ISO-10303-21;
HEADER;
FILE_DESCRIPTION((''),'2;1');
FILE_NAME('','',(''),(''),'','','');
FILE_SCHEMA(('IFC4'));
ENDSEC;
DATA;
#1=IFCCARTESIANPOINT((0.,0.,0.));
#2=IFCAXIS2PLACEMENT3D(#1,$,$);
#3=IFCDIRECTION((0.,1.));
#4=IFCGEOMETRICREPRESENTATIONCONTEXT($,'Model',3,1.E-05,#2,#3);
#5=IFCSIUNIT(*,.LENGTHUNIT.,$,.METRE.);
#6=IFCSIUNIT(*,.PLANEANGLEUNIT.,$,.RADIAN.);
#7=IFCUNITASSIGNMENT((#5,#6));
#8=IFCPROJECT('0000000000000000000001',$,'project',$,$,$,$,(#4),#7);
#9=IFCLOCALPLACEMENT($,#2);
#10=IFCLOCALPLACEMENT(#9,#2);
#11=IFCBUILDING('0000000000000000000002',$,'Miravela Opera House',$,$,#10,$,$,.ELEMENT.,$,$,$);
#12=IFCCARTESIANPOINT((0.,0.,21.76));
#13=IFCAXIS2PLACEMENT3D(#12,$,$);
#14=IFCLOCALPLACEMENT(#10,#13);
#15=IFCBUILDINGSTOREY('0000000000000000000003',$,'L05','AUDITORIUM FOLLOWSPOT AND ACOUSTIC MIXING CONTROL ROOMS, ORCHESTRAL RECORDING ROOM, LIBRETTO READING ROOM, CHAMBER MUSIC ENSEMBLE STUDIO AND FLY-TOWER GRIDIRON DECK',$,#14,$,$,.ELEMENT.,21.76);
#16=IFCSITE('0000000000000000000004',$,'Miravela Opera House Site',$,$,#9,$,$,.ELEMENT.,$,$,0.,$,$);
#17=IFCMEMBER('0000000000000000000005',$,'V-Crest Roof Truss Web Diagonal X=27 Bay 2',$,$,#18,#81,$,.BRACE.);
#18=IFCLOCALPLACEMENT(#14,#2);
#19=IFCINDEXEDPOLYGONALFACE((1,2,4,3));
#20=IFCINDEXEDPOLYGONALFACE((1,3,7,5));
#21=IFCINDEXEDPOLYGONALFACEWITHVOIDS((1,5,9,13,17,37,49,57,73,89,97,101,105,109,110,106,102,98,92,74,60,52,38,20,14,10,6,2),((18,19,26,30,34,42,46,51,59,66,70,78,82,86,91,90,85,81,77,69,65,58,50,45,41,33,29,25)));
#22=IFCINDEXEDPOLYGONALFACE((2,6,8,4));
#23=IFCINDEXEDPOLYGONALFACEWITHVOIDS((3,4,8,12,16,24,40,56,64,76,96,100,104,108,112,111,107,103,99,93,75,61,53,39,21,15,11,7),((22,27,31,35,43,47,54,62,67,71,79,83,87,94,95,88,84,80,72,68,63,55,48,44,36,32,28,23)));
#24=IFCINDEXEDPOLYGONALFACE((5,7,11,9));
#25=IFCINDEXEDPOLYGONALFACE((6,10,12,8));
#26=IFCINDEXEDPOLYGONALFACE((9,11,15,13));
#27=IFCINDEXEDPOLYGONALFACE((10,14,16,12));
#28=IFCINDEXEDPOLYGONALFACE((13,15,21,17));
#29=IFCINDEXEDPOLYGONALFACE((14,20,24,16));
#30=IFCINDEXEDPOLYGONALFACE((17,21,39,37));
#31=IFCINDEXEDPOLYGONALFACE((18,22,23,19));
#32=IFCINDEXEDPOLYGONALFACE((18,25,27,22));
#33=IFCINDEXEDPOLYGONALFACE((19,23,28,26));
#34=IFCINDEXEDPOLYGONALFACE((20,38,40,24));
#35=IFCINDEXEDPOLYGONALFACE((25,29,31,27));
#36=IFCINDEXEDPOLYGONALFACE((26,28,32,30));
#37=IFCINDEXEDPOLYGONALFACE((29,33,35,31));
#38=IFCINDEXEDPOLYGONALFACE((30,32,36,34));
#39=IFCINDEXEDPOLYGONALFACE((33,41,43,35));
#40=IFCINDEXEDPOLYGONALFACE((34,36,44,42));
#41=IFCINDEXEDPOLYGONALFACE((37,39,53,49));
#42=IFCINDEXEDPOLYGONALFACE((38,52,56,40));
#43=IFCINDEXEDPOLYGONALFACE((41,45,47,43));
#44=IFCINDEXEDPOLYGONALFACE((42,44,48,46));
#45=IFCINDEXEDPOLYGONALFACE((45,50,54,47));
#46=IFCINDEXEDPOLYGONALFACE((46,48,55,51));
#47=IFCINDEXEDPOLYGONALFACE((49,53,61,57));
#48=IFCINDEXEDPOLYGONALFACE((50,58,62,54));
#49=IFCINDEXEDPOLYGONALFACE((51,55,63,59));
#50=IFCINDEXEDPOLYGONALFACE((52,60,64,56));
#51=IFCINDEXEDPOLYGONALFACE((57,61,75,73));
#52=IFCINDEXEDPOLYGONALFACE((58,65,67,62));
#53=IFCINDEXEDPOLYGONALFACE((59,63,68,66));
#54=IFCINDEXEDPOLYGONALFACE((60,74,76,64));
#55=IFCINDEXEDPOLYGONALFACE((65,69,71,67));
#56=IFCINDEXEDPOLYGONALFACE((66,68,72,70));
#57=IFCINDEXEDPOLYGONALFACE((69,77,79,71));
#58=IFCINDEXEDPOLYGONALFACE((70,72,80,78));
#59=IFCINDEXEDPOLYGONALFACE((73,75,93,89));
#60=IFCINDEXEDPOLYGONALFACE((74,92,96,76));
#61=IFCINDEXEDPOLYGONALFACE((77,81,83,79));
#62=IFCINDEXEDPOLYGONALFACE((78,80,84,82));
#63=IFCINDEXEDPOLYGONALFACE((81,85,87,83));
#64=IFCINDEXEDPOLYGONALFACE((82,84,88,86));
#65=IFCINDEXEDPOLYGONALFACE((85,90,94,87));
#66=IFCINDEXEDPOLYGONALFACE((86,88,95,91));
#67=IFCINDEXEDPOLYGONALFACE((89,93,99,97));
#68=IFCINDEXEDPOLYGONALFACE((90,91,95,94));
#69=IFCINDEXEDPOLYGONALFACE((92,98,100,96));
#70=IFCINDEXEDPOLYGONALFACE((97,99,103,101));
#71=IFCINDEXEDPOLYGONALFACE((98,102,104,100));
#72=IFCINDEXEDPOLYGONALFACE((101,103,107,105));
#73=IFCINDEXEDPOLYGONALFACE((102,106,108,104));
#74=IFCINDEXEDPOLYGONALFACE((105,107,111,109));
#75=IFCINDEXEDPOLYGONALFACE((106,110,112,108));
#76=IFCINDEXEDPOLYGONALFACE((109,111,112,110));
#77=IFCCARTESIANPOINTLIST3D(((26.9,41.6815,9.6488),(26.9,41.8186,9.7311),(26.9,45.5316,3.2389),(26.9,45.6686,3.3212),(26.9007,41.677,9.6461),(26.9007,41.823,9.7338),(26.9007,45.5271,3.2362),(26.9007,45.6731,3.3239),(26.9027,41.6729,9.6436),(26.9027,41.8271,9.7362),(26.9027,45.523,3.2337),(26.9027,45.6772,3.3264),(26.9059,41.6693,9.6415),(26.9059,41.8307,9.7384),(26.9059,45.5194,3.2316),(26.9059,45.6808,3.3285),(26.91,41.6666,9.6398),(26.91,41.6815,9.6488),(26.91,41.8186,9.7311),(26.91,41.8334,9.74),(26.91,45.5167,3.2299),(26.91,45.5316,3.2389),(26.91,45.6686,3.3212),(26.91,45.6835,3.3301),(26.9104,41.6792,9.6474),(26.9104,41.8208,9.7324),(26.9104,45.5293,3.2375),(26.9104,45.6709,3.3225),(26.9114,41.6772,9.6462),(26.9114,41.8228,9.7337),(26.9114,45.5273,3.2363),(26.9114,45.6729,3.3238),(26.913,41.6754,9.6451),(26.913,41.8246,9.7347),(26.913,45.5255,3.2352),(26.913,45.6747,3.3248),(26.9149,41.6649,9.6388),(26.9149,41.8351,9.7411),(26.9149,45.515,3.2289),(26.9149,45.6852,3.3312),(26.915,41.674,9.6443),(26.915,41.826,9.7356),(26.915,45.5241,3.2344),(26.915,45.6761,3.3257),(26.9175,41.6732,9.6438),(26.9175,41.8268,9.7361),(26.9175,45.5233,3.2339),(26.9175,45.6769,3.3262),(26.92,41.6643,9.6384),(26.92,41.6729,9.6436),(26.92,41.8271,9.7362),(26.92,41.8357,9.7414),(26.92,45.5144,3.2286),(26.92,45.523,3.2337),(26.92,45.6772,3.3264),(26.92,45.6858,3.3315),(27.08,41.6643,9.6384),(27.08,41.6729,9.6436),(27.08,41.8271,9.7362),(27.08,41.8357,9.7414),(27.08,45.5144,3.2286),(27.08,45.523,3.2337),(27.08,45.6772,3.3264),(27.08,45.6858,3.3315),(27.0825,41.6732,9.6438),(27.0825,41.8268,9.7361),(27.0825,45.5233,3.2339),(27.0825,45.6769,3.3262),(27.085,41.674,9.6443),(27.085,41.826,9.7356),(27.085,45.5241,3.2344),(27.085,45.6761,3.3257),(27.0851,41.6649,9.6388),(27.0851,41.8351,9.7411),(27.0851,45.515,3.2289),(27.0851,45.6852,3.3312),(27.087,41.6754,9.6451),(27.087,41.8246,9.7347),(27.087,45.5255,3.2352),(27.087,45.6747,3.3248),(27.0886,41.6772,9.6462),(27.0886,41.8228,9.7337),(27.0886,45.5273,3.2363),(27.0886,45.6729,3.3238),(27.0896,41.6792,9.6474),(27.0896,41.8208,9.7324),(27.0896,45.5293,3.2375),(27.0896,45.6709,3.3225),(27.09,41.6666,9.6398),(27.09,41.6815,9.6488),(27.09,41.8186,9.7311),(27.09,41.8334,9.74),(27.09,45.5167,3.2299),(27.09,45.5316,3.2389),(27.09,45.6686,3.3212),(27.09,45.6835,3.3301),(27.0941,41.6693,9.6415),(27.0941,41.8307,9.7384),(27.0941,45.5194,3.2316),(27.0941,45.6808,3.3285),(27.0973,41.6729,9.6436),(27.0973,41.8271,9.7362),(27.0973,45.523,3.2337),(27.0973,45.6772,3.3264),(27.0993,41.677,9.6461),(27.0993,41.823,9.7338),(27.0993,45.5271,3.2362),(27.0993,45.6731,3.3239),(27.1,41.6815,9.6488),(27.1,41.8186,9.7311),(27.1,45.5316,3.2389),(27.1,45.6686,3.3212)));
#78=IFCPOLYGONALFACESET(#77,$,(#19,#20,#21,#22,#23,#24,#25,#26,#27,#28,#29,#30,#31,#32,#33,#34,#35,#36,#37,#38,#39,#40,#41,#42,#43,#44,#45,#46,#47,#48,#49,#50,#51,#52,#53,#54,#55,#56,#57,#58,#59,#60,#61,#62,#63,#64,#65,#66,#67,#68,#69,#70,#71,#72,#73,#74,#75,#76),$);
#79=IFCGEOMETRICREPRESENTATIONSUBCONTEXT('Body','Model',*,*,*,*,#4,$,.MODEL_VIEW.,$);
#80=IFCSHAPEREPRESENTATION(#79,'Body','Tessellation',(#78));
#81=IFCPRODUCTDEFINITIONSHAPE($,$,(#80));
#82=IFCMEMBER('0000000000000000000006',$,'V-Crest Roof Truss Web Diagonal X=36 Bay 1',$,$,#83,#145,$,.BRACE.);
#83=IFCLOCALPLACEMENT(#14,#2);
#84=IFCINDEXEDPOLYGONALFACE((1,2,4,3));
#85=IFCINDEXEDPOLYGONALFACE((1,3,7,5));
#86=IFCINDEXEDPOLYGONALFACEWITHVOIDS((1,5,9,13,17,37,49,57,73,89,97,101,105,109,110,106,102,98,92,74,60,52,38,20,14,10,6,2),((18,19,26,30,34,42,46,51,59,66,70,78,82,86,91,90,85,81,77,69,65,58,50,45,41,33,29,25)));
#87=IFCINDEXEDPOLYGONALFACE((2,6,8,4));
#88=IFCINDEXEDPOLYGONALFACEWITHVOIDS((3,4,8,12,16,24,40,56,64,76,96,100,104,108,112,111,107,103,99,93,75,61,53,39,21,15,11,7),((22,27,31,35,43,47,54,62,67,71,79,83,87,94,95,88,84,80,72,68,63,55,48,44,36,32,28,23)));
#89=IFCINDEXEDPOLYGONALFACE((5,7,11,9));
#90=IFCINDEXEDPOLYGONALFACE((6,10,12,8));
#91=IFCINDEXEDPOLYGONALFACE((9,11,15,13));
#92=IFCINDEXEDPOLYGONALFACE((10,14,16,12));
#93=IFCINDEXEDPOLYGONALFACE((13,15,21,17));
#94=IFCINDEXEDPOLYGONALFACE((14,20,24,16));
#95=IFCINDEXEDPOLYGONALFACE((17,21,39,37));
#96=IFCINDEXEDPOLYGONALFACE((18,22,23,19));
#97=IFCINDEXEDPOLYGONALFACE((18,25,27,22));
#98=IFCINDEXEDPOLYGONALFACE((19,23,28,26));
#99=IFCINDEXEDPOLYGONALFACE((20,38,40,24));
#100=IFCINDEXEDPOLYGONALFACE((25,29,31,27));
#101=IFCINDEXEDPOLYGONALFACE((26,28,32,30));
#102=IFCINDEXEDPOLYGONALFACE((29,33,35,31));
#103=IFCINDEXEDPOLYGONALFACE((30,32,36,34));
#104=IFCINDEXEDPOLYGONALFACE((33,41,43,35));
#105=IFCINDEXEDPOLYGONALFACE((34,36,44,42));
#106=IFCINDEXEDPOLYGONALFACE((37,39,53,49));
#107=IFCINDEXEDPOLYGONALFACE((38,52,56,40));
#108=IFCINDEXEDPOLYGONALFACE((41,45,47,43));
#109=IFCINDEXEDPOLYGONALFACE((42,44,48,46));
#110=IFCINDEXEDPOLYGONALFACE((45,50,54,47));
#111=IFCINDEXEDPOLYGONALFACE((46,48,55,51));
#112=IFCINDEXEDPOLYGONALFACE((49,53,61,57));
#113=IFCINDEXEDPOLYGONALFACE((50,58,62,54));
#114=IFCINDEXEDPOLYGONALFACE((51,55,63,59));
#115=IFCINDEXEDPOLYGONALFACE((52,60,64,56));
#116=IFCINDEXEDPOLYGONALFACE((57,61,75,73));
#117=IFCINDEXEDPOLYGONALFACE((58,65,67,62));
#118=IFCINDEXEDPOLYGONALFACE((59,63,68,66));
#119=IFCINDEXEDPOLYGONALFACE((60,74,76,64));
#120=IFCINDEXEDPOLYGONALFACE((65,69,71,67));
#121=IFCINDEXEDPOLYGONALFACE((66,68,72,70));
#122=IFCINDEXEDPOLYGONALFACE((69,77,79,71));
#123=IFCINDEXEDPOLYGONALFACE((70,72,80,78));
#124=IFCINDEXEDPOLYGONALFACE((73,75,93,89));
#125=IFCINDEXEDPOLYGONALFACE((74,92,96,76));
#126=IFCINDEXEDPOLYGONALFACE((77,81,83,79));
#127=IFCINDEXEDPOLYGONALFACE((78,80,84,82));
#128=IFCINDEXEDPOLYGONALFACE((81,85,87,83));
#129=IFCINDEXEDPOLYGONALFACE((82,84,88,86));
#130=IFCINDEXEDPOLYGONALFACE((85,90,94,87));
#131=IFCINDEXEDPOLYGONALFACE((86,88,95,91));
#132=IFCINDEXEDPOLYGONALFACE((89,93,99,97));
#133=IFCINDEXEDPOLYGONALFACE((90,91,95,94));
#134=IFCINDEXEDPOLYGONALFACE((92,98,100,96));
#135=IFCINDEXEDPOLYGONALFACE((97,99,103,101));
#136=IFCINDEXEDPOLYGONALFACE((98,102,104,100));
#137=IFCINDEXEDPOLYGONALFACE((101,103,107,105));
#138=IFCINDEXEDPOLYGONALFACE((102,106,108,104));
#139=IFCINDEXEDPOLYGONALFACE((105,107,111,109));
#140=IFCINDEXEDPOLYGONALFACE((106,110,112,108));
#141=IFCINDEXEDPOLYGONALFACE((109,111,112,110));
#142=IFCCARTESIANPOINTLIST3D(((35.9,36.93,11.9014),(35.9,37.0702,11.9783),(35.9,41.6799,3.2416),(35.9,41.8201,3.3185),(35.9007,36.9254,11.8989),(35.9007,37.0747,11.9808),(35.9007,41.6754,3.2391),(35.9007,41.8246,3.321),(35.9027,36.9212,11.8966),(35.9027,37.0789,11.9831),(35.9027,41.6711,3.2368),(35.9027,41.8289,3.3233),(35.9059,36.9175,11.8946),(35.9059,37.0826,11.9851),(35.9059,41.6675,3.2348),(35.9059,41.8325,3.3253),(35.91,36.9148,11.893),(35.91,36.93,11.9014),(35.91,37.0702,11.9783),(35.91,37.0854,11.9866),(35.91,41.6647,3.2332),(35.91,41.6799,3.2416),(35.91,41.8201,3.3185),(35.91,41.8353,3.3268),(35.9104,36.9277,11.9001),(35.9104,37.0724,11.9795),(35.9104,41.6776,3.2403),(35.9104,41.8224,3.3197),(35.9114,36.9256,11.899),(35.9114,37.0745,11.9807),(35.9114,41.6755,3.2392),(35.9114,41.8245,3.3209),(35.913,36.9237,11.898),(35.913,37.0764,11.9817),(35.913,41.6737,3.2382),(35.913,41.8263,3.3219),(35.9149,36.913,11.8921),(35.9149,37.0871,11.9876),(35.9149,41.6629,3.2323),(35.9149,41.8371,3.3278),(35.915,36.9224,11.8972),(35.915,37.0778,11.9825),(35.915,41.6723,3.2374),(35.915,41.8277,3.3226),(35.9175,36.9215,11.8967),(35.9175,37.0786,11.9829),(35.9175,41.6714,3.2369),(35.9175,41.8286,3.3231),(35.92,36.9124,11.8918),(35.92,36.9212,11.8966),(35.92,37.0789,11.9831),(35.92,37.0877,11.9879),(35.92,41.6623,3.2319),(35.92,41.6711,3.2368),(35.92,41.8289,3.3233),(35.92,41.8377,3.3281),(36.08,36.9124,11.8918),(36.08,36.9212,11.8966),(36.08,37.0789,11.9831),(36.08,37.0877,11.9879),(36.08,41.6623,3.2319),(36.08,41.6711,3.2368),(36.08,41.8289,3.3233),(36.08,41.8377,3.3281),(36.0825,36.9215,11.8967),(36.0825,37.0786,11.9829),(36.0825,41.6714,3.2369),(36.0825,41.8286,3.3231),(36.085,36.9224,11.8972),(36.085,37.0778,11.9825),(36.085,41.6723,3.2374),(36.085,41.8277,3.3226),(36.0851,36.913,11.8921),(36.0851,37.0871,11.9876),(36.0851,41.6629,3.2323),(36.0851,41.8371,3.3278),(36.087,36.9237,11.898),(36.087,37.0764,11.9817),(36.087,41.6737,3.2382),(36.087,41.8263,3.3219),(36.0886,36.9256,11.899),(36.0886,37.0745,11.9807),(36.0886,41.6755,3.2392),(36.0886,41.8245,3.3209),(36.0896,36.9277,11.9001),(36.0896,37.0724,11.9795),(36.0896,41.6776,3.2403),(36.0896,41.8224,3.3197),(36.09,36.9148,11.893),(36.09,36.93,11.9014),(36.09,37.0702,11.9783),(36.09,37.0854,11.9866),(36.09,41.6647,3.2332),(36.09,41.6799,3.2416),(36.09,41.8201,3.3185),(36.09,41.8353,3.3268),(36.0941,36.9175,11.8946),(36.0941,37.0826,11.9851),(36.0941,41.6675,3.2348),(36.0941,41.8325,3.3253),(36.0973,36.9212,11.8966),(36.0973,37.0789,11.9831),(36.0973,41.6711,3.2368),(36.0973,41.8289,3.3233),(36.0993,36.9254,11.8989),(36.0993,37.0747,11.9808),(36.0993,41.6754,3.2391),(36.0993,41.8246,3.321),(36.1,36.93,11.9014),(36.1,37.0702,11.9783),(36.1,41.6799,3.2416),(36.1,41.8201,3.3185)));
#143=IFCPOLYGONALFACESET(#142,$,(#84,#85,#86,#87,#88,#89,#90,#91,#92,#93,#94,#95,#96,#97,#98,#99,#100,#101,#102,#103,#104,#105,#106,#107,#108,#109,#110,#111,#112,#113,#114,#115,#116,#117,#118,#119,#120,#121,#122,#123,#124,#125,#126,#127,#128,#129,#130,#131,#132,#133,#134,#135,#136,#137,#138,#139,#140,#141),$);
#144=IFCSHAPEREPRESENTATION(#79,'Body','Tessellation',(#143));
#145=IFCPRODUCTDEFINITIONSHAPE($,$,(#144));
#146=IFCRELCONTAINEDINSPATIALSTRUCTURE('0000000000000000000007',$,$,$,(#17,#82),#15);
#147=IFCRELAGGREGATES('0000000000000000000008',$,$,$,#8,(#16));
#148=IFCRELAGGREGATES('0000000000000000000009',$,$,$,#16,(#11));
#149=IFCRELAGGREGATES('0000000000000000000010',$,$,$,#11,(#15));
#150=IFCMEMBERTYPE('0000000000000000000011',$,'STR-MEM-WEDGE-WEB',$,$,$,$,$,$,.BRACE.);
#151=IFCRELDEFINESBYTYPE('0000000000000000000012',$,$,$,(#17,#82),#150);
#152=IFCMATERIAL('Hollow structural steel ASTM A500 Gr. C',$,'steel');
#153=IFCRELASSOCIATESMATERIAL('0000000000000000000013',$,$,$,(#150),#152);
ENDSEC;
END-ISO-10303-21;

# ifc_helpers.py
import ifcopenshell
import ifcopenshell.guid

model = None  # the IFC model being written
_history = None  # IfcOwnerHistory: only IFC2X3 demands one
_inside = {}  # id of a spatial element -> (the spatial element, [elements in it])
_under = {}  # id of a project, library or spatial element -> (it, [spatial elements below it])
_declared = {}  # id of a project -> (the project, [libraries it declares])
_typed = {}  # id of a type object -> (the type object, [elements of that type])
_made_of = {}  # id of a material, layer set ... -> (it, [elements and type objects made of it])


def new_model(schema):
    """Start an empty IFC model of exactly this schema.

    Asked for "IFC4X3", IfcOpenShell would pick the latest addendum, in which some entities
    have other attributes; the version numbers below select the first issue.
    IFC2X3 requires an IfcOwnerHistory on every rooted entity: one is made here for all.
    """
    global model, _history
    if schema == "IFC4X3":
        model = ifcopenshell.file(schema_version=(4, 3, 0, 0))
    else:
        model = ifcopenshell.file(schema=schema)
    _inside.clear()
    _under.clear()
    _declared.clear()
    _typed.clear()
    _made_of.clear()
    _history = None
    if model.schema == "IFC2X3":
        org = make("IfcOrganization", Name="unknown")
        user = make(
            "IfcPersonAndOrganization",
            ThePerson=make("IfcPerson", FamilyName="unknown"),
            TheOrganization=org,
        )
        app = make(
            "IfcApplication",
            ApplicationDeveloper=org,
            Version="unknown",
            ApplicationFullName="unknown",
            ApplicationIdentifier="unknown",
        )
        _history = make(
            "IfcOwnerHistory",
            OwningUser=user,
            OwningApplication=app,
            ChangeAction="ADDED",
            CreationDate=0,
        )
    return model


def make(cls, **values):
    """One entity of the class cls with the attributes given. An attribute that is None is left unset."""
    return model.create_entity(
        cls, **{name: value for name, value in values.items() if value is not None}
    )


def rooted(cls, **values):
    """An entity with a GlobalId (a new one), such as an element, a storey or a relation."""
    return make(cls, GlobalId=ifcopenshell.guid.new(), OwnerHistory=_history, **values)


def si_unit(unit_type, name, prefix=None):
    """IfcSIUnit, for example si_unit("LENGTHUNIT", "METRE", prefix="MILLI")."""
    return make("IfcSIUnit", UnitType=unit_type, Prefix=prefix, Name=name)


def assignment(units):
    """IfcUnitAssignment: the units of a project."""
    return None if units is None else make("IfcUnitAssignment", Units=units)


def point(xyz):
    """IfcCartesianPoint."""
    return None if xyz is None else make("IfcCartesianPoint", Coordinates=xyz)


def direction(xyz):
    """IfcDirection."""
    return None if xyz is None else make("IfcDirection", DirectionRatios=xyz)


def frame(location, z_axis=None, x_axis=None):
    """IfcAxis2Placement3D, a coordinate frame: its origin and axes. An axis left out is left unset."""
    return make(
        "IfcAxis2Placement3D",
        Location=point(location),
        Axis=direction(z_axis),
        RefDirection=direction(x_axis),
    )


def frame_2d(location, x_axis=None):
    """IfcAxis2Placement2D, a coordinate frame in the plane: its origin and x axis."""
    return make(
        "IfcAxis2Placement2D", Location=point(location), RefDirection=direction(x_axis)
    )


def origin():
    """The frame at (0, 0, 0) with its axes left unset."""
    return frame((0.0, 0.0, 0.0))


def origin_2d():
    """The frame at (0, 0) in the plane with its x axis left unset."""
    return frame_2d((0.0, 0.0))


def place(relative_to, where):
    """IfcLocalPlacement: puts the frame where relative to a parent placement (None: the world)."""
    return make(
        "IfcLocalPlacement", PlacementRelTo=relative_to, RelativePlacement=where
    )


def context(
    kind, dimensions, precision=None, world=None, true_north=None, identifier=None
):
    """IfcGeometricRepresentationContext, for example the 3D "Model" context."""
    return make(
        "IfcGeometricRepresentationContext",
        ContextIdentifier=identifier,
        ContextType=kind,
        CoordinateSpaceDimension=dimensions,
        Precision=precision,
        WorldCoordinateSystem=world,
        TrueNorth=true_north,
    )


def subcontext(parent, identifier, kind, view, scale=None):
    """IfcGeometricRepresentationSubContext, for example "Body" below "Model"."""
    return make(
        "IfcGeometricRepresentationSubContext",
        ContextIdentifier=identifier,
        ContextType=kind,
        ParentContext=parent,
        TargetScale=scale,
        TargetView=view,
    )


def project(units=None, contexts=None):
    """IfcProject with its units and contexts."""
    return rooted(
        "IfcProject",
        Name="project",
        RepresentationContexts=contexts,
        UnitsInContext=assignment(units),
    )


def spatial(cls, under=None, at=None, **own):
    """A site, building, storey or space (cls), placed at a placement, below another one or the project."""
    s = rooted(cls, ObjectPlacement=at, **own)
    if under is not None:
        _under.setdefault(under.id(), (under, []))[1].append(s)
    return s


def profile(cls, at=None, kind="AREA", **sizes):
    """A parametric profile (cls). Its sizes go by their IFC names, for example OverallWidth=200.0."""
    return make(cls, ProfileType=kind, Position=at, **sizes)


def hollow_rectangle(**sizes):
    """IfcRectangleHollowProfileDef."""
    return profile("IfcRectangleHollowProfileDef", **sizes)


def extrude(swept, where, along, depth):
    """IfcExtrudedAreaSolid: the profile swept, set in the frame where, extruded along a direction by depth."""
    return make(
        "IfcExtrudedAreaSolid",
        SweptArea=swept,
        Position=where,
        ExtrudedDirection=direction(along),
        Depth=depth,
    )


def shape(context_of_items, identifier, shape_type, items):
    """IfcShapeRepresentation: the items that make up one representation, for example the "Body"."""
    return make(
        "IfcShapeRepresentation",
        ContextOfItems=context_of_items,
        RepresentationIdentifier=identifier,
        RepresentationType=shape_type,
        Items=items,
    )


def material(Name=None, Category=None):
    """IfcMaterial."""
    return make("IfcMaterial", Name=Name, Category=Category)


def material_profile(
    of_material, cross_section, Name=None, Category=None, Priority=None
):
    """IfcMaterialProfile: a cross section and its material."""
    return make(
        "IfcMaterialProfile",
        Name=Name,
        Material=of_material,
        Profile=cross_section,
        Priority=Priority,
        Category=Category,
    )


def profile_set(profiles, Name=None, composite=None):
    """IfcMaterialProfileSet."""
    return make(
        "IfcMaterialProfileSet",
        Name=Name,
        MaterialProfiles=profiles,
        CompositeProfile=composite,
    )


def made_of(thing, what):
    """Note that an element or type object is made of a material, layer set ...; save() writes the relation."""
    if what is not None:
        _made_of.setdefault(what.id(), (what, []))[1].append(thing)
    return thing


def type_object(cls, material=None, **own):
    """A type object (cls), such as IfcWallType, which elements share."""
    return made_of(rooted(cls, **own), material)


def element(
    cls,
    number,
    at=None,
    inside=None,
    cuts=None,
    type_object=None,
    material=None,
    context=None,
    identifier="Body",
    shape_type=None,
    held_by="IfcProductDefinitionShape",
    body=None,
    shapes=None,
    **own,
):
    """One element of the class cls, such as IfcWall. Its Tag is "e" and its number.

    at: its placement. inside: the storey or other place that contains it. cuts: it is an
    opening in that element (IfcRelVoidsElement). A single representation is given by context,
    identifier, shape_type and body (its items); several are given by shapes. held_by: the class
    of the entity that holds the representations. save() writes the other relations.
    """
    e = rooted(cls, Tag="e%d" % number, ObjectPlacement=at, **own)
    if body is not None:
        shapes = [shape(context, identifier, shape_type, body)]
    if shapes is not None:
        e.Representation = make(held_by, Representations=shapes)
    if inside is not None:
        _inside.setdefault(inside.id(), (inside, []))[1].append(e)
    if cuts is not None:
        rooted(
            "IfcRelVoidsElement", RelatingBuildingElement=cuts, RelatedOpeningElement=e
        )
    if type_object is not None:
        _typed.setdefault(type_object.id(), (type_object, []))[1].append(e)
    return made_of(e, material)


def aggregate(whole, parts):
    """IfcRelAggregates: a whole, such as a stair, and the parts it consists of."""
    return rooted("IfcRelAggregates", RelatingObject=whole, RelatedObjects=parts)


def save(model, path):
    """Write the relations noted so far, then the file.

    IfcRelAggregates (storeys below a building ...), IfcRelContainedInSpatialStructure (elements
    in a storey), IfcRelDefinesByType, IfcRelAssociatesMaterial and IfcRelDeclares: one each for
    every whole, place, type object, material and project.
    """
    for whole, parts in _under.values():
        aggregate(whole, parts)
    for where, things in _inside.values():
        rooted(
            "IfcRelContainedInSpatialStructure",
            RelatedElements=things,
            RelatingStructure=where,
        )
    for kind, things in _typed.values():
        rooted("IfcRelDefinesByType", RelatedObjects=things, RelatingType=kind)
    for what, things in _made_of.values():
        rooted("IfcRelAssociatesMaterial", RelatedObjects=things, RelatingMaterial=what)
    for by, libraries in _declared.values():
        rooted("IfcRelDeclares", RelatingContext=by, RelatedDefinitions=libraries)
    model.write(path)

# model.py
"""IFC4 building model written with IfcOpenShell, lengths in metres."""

from ifc_helpers import new_model, si_unit, direction, frame, origin, origin_2d, place, context, subcontext, project, spatial, hollow_rectangle, extrude, material, material_profile, profile_set, type_object, element, save


model = new_model("IFC4")

# Units and contexts
model_context = context("Model", 3, precision=1e-05, world=origin(), true_north=direction((0.0, 1.0)))
body_context = subcontext(model_context, "Body", "Model", "MODEL_VIEW")
ifc_project = project(units=[si_unit("LENGTHUNIT", "METRE"), si_unit("PLANEANGLEUNIT", "RADIAN")], contexts=[model_context])

# Site, building, storey
site_placement = place(None, origin())
site = spatial("IfcSite", under=ifc_project, at=site_placement, Name="Miravela Opera House Site", CompositionType="ELEMENT", RefElevation=0.0)
building_placement = place(site_placement, origin())
building = spatial("IfcBuilding", under=site, at=building_placement, Name="Miravela Opera House", CompositionType="ELEMENT")
storey_placement = place(building_placement, frame((0.0, 0.0, 21.76)))
storey = spatial("IfcBuildingStorey", under=building, at=storey_placement, Name="L05", Description="AUDITORIUM FOLLOWSPOT AND ACOUSTIC MIXING CONTROL ROOMS, ORCHESTRAL RECORDING ROOM, LIBRETTO READING ROOM, CHAMBER MUSIC ENSEMBLE STUDIO AND FLY-TOWER GRIDIRON DECK", CompositionType="ELEMENT", Elevation=21.76)

# Members
ifc_material_1 = material(Name="Hollow structural steel ASTM A500 Gr. C", Category="steel")
ifc_material_profile_1 = material_profile(ifc_material_1, hollow_rectangle(XDim=0.2, YDim=0.2, WallThickness=0.01, InnerFilletRadius=0.01, OuterFilletRadius=0.02, at=origin_2d()), Name="HSS200X200X10")
ifc_profile_set_1 = profile_set([ifc_material_profile_1])
member_type_1 = type_object("IfcMemberType", Name="STR-MEM-WEDGE-WEB", PredefinedType="BRACE", material=ifc_profile_set_1)
member_1_placement = place(storey_placement, frame((27.0, 45.6001, 3.28), z_axis=(0.0, -0.514904, 0.857248), x_axis=(1.0, 0.0, 0.0)))
element("IfcMember", 1, at=member_1_placement, inside=storey, type_object=member_type_1, Name="V-Crest Roof Truss Web Diagonal X=27 Bay 2", PredefinedType="BRACE", context=body_context, shape_type="SweptSolid", body=[
    extrude(hollow_rectangle(XDim=0.2, YDim=0.2, WallThickness=0.01, InnerFilletRadius=0.01, OuterFilletRadius=0.02, at=origin_2d()), origin(), (0.0, 0.0, 1.0), 7.4773),
])
member_2_placement = place(storey_placement, frame((36.0, 41.75, 3.28), z_axis=(0.0, -0.480912, 0.876769), x_axis=(1.0, 0.0, 0.0)))
element("IfcMember", 2, at=member_2_placement, inside=storey, type_object=member_type_1, Name="V-Crest Roof Truss Web Diagonal X=36 Bay 1", PredefinedType="BRACE", context=body_context, shape_type="SweptSolid", body=[
    extrude(hollow_rectangle(XDim=0.2, YDim=0.2, WallThickness=0.01, InnerFilletRadius=0.01, OuterFilletRadius=0.02, at=origin_2d()), origin(), (0.0, 0.0, 1.0), 9.877),
])

save(model, "model.ifc")
